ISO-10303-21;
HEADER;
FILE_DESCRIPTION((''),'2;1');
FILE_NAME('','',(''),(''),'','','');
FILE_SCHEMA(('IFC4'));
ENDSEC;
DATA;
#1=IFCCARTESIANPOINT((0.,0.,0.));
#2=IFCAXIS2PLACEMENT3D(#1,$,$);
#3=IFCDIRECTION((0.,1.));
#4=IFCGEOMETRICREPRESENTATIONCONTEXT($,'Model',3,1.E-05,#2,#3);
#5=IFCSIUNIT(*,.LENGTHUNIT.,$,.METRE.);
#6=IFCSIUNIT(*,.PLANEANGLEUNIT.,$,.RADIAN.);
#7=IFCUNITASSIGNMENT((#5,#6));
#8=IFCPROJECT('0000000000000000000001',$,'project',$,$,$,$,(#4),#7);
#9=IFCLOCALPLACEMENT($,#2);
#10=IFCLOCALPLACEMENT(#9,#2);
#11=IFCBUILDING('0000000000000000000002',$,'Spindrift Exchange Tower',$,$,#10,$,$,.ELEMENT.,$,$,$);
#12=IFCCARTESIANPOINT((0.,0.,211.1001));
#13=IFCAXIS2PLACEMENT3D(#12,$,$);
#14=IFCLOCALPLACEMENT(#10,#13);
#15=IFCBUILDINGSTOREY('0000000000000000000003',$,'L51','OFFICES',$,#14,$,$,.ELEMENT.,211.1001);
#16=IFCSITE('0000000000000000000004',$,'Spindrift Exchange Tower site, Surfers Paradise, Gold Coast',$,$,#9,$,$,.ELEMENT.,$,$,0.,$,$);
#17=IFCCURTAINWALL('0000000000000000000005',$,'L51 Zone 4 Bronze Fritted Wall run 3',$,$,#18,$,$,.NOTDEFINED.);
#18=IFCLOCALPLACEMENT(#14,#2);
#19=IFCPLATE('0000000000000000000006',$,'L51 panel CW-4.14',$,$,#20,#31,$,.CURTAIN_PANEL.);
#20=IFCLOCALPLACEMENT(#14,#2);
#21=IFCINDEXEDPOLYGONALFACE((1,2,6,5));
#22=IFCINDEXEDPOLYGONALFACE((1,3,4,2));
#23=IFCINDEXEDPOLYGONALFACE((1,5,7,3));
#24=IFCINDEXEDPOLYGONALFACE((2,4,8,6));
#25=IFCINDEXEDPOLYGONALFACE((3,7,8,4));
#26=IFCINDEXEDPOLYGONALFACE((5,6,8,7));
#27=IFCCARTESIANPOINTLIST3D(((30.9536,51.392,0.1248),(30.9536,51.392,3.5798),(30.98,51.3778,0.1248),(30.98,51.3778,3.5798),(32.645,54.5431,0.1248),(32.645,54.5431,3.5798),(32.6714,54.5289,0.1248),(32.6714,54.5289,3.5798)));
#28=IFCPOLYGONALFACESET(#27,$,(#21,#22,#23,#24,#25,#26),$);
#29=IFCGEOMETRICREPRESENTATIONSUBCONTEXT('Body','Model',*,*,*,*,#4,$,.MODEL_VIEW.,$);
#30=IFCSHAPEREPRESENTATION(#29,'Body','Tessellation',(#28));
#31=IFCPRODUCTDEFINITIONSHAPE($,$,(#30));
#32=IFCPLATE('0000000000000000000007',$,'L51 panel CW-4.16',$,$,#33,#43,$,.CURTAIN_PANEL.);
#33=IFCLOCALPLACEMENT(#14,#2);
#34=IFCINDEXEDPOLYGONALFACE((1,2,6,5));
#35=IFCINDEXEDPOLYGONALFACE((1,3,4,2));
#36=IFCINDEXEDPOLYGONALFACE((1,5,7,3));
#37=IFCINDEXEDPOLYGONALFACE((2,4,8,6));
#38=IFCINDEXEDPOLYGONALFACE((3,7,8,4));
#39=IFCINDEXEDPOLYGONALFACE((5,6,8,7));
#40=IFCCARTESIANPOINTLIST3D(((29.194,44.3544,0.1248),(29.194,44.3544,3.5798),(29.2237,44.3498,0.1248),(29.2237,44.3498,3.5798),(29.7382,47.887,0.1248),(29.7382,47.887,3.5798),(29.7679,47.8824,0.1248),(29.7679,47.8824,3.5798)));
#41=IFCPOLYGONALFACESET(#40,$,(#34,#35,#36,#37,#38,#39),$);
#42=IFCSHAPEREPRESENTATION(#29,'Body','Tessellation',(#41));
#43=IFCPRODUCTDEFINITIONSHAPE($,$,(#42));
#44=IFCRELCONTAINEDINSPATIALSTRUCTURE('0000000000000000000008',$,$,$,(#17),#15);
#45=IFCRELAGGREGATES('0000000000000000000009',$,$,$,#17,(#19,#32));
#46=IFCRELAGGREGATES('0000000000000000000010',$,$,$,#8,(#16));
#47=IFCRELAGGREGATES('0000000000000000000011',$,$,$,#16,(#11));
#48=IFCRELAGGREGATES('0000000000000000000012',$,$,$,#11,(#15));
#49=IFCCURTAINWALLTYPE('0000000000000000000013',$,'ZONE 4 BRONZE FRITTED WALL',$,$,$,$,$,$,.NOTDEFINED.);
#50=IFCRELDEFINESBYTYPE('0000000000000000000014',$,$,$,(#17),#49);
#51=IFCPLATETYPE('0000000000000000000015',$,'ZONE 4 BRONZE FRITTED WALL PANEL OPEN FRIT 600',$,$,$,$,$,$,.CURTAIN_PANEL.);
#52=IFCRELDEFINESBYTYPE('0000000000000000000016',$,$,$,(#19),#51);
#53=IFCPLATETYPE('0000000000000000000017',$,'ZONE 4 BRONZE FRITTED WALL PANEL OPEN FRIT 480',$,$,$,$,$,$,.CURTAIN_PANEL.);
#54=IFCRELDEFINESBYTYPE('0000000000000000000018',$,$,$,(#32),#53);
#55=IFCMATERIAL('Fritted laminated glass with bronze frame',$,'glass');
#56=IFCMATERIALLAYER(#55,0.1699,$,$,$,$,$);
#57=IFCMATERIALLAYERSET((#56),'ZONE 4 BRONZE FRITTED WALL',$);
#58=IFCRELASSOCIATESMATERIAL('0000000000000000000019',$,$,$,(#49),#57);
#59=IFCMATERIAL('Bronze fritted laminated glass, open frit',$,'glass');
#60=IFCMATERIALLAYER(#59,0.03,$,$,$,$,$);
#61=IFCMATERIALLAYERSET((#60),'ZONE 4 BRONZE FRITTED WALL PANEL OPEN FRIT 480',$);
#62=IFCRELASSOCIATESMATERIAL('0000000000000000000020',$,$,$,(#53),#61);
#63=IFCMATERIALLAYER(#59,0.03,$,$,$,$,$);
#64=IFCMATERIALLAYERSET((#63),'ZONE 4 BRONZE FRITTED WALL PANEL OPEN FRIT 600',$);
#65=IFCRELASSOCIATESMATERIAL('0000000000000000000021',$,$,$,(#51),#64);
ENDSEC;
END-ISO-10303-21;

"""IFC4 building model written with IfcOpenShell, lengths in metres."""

from ifc_helpers import new_model, si_unit, direction, frame, origin, origin_2d, place, context, subcontext, project, spatial, rectangle, extrude, source, transform, mapped, material, layer, layer_set, type_object, element, aggregate, save


model = new_model("IFC4")

# Units and contexts
model_context = context("Model", 3, precision=1e-05, world=origin(), true_north=direction((0.0, 1.0)))
body_context = subcontext(model_context, "Body", "Model", "MODEL_VIEW")
ifc_project = project(units=[si_unit("LENGTHUNIT", "METRE"), si_unit("PLANEANGLEUNIT", "RADIAN")], contexts=[model_context])

# Site, building, storey
site_placement = place(None, origin())
site = spatial("IfcSite", under=ifc_project, at=site_placement, Name="Spindrift Exchange Tower site, Surfers Paradise, Gold Coast", CompositionType="ELEMENT", RefElevation=0.0)
building_placement = place(site_placement, origin())
building = spatial("IfcBuilding", under=site, at=building_placement, Name="Spindrift Exchange Tower", CompositionType="ELEMENT")
storey_placement = place(building_placement, frame((0.0, 0.0, 211.1001)))
storey = spatial("IfcBuildingStorey", under=building, at=storey_placement, Name="L51", Description="OFFICES", CompositionType="ELEMENT", Elevation=211.1001)

# Curtain wall, plates
ifc_material_1 = material(Name="Fritted laminated glass with bronze frame", Category="glass")
ifc_layer_1 = layer(ifc_material_1, 0.1699)
ifc_layer_set_1 = layer_set([ifc_layer_1], Name="ZONE 4 BRONZE FRITTED WALL")
curtain_wall_type = type_object("IfcCurtainWallType", Name="ZONE 4 BRONZE FRITTED WALL", PredefinedType="NOTDEFINED", material=ifc_layer_set_1)
curtain_wall_placement = place(storey_placement, origin())
curtain_wall = element("IfcCurtainWall", 1, at=curtain_wall_placement, inside=storey, type_object=curtain_wall_type, Name="L51 Zone 4 Bronze Fritted Wall run 3", PredefinedType="NOTDEFINED")
ifc_material_2 = material(Name="Bronze fritted laminated glass, open frit", Category="glass")
ifc_layer_2 = layer(ifc_material_2, 0.03)
ifc_layer_set_2 = layer_set([ifc_layer_2], Name="ZONE 4 BRONZE FRITTED WALL PANEL OPEN FRIT 480")
plate_type_1 = type_object("IfcPlateType", Name="ZONE 4 BRONZE FRITTED WALL PANEL OPEN FRIT 480", PredefinedType="CURTAIN_PANEL", material=ifc_layer_set_2)
ifc_layer_3 = layer(ifc_material_2, 0.03)
ifc_layer_set_3 = layer_set([ifc_layer_3], Name="ZONE 4 BRONZE FRITTED WALL PANEL OPEN FRIT 600")
plate_type_2 = type_object("IfcPlateType", Name="ZONE 4 BRONZE FRITTED WALL PANEL OPEN FRIT 600", PredefinedType="CURTAIN_PANEL", material=ifc_layer_set_3)
shared_shape_1 = source(origin(), body_context, "Body", "SweptSolid", [
    extrude(rectangle(XDim=3.5764, YDim=0.03, at=origin_2d()), origin(), (0.0, 0.0, 1.0), 3.4551),
])
plate_1_placement = place(storey_placement, frame((31.8125, 52.9604, 0.1248), z_axis=(0.0, 0.0, 1.0), x_axis=(-0.472938, -0.881096, 0.0)))
plate_1 = element("IfcPlate", 2, at=plate_1_placement, type_object=plate_type_2, Name="L51 panel CW-4.14", PredefinedType="CURTAIN_PANEL", context=body_context, shape_type="MappedRepresentation", body=[
    mapped(shared_shape_1, transform((0.0, 0.0, 0.0), scale=1.0)),
])
shared_shape_2 = source(origin(), body_context, "Body", "SweptSolid", [
    extrude(rectangle(XDim=3.5742, YDim=0.03, at=origin_2d()), origin(), (0.0, 0.0, 1.0), 3.4551),
])
plate_2_placement = place(storey_placement, frame((29.481, 46.1184, 0.1248), z_axis=(0.0, 0.0, 1.0), x_axis=(-0.152261, -0.98834, 0.0)))
plate_2 = element("IfcPlate", 3, at=plate_2_placement, type_object=plate_type_1, Name="L51 panel CW-4.16", PredefinedType="CURTAIN_PANEL", context=body_context, shape_type="MappedRepresentation", body=[
    mapped(shared_shape_2, transform((0.0, 0.0, 0.0), scale=1.0)),
])
aggregate(curtain_wall, [plate_1, plate_2])

save(model, "model.ifc")
